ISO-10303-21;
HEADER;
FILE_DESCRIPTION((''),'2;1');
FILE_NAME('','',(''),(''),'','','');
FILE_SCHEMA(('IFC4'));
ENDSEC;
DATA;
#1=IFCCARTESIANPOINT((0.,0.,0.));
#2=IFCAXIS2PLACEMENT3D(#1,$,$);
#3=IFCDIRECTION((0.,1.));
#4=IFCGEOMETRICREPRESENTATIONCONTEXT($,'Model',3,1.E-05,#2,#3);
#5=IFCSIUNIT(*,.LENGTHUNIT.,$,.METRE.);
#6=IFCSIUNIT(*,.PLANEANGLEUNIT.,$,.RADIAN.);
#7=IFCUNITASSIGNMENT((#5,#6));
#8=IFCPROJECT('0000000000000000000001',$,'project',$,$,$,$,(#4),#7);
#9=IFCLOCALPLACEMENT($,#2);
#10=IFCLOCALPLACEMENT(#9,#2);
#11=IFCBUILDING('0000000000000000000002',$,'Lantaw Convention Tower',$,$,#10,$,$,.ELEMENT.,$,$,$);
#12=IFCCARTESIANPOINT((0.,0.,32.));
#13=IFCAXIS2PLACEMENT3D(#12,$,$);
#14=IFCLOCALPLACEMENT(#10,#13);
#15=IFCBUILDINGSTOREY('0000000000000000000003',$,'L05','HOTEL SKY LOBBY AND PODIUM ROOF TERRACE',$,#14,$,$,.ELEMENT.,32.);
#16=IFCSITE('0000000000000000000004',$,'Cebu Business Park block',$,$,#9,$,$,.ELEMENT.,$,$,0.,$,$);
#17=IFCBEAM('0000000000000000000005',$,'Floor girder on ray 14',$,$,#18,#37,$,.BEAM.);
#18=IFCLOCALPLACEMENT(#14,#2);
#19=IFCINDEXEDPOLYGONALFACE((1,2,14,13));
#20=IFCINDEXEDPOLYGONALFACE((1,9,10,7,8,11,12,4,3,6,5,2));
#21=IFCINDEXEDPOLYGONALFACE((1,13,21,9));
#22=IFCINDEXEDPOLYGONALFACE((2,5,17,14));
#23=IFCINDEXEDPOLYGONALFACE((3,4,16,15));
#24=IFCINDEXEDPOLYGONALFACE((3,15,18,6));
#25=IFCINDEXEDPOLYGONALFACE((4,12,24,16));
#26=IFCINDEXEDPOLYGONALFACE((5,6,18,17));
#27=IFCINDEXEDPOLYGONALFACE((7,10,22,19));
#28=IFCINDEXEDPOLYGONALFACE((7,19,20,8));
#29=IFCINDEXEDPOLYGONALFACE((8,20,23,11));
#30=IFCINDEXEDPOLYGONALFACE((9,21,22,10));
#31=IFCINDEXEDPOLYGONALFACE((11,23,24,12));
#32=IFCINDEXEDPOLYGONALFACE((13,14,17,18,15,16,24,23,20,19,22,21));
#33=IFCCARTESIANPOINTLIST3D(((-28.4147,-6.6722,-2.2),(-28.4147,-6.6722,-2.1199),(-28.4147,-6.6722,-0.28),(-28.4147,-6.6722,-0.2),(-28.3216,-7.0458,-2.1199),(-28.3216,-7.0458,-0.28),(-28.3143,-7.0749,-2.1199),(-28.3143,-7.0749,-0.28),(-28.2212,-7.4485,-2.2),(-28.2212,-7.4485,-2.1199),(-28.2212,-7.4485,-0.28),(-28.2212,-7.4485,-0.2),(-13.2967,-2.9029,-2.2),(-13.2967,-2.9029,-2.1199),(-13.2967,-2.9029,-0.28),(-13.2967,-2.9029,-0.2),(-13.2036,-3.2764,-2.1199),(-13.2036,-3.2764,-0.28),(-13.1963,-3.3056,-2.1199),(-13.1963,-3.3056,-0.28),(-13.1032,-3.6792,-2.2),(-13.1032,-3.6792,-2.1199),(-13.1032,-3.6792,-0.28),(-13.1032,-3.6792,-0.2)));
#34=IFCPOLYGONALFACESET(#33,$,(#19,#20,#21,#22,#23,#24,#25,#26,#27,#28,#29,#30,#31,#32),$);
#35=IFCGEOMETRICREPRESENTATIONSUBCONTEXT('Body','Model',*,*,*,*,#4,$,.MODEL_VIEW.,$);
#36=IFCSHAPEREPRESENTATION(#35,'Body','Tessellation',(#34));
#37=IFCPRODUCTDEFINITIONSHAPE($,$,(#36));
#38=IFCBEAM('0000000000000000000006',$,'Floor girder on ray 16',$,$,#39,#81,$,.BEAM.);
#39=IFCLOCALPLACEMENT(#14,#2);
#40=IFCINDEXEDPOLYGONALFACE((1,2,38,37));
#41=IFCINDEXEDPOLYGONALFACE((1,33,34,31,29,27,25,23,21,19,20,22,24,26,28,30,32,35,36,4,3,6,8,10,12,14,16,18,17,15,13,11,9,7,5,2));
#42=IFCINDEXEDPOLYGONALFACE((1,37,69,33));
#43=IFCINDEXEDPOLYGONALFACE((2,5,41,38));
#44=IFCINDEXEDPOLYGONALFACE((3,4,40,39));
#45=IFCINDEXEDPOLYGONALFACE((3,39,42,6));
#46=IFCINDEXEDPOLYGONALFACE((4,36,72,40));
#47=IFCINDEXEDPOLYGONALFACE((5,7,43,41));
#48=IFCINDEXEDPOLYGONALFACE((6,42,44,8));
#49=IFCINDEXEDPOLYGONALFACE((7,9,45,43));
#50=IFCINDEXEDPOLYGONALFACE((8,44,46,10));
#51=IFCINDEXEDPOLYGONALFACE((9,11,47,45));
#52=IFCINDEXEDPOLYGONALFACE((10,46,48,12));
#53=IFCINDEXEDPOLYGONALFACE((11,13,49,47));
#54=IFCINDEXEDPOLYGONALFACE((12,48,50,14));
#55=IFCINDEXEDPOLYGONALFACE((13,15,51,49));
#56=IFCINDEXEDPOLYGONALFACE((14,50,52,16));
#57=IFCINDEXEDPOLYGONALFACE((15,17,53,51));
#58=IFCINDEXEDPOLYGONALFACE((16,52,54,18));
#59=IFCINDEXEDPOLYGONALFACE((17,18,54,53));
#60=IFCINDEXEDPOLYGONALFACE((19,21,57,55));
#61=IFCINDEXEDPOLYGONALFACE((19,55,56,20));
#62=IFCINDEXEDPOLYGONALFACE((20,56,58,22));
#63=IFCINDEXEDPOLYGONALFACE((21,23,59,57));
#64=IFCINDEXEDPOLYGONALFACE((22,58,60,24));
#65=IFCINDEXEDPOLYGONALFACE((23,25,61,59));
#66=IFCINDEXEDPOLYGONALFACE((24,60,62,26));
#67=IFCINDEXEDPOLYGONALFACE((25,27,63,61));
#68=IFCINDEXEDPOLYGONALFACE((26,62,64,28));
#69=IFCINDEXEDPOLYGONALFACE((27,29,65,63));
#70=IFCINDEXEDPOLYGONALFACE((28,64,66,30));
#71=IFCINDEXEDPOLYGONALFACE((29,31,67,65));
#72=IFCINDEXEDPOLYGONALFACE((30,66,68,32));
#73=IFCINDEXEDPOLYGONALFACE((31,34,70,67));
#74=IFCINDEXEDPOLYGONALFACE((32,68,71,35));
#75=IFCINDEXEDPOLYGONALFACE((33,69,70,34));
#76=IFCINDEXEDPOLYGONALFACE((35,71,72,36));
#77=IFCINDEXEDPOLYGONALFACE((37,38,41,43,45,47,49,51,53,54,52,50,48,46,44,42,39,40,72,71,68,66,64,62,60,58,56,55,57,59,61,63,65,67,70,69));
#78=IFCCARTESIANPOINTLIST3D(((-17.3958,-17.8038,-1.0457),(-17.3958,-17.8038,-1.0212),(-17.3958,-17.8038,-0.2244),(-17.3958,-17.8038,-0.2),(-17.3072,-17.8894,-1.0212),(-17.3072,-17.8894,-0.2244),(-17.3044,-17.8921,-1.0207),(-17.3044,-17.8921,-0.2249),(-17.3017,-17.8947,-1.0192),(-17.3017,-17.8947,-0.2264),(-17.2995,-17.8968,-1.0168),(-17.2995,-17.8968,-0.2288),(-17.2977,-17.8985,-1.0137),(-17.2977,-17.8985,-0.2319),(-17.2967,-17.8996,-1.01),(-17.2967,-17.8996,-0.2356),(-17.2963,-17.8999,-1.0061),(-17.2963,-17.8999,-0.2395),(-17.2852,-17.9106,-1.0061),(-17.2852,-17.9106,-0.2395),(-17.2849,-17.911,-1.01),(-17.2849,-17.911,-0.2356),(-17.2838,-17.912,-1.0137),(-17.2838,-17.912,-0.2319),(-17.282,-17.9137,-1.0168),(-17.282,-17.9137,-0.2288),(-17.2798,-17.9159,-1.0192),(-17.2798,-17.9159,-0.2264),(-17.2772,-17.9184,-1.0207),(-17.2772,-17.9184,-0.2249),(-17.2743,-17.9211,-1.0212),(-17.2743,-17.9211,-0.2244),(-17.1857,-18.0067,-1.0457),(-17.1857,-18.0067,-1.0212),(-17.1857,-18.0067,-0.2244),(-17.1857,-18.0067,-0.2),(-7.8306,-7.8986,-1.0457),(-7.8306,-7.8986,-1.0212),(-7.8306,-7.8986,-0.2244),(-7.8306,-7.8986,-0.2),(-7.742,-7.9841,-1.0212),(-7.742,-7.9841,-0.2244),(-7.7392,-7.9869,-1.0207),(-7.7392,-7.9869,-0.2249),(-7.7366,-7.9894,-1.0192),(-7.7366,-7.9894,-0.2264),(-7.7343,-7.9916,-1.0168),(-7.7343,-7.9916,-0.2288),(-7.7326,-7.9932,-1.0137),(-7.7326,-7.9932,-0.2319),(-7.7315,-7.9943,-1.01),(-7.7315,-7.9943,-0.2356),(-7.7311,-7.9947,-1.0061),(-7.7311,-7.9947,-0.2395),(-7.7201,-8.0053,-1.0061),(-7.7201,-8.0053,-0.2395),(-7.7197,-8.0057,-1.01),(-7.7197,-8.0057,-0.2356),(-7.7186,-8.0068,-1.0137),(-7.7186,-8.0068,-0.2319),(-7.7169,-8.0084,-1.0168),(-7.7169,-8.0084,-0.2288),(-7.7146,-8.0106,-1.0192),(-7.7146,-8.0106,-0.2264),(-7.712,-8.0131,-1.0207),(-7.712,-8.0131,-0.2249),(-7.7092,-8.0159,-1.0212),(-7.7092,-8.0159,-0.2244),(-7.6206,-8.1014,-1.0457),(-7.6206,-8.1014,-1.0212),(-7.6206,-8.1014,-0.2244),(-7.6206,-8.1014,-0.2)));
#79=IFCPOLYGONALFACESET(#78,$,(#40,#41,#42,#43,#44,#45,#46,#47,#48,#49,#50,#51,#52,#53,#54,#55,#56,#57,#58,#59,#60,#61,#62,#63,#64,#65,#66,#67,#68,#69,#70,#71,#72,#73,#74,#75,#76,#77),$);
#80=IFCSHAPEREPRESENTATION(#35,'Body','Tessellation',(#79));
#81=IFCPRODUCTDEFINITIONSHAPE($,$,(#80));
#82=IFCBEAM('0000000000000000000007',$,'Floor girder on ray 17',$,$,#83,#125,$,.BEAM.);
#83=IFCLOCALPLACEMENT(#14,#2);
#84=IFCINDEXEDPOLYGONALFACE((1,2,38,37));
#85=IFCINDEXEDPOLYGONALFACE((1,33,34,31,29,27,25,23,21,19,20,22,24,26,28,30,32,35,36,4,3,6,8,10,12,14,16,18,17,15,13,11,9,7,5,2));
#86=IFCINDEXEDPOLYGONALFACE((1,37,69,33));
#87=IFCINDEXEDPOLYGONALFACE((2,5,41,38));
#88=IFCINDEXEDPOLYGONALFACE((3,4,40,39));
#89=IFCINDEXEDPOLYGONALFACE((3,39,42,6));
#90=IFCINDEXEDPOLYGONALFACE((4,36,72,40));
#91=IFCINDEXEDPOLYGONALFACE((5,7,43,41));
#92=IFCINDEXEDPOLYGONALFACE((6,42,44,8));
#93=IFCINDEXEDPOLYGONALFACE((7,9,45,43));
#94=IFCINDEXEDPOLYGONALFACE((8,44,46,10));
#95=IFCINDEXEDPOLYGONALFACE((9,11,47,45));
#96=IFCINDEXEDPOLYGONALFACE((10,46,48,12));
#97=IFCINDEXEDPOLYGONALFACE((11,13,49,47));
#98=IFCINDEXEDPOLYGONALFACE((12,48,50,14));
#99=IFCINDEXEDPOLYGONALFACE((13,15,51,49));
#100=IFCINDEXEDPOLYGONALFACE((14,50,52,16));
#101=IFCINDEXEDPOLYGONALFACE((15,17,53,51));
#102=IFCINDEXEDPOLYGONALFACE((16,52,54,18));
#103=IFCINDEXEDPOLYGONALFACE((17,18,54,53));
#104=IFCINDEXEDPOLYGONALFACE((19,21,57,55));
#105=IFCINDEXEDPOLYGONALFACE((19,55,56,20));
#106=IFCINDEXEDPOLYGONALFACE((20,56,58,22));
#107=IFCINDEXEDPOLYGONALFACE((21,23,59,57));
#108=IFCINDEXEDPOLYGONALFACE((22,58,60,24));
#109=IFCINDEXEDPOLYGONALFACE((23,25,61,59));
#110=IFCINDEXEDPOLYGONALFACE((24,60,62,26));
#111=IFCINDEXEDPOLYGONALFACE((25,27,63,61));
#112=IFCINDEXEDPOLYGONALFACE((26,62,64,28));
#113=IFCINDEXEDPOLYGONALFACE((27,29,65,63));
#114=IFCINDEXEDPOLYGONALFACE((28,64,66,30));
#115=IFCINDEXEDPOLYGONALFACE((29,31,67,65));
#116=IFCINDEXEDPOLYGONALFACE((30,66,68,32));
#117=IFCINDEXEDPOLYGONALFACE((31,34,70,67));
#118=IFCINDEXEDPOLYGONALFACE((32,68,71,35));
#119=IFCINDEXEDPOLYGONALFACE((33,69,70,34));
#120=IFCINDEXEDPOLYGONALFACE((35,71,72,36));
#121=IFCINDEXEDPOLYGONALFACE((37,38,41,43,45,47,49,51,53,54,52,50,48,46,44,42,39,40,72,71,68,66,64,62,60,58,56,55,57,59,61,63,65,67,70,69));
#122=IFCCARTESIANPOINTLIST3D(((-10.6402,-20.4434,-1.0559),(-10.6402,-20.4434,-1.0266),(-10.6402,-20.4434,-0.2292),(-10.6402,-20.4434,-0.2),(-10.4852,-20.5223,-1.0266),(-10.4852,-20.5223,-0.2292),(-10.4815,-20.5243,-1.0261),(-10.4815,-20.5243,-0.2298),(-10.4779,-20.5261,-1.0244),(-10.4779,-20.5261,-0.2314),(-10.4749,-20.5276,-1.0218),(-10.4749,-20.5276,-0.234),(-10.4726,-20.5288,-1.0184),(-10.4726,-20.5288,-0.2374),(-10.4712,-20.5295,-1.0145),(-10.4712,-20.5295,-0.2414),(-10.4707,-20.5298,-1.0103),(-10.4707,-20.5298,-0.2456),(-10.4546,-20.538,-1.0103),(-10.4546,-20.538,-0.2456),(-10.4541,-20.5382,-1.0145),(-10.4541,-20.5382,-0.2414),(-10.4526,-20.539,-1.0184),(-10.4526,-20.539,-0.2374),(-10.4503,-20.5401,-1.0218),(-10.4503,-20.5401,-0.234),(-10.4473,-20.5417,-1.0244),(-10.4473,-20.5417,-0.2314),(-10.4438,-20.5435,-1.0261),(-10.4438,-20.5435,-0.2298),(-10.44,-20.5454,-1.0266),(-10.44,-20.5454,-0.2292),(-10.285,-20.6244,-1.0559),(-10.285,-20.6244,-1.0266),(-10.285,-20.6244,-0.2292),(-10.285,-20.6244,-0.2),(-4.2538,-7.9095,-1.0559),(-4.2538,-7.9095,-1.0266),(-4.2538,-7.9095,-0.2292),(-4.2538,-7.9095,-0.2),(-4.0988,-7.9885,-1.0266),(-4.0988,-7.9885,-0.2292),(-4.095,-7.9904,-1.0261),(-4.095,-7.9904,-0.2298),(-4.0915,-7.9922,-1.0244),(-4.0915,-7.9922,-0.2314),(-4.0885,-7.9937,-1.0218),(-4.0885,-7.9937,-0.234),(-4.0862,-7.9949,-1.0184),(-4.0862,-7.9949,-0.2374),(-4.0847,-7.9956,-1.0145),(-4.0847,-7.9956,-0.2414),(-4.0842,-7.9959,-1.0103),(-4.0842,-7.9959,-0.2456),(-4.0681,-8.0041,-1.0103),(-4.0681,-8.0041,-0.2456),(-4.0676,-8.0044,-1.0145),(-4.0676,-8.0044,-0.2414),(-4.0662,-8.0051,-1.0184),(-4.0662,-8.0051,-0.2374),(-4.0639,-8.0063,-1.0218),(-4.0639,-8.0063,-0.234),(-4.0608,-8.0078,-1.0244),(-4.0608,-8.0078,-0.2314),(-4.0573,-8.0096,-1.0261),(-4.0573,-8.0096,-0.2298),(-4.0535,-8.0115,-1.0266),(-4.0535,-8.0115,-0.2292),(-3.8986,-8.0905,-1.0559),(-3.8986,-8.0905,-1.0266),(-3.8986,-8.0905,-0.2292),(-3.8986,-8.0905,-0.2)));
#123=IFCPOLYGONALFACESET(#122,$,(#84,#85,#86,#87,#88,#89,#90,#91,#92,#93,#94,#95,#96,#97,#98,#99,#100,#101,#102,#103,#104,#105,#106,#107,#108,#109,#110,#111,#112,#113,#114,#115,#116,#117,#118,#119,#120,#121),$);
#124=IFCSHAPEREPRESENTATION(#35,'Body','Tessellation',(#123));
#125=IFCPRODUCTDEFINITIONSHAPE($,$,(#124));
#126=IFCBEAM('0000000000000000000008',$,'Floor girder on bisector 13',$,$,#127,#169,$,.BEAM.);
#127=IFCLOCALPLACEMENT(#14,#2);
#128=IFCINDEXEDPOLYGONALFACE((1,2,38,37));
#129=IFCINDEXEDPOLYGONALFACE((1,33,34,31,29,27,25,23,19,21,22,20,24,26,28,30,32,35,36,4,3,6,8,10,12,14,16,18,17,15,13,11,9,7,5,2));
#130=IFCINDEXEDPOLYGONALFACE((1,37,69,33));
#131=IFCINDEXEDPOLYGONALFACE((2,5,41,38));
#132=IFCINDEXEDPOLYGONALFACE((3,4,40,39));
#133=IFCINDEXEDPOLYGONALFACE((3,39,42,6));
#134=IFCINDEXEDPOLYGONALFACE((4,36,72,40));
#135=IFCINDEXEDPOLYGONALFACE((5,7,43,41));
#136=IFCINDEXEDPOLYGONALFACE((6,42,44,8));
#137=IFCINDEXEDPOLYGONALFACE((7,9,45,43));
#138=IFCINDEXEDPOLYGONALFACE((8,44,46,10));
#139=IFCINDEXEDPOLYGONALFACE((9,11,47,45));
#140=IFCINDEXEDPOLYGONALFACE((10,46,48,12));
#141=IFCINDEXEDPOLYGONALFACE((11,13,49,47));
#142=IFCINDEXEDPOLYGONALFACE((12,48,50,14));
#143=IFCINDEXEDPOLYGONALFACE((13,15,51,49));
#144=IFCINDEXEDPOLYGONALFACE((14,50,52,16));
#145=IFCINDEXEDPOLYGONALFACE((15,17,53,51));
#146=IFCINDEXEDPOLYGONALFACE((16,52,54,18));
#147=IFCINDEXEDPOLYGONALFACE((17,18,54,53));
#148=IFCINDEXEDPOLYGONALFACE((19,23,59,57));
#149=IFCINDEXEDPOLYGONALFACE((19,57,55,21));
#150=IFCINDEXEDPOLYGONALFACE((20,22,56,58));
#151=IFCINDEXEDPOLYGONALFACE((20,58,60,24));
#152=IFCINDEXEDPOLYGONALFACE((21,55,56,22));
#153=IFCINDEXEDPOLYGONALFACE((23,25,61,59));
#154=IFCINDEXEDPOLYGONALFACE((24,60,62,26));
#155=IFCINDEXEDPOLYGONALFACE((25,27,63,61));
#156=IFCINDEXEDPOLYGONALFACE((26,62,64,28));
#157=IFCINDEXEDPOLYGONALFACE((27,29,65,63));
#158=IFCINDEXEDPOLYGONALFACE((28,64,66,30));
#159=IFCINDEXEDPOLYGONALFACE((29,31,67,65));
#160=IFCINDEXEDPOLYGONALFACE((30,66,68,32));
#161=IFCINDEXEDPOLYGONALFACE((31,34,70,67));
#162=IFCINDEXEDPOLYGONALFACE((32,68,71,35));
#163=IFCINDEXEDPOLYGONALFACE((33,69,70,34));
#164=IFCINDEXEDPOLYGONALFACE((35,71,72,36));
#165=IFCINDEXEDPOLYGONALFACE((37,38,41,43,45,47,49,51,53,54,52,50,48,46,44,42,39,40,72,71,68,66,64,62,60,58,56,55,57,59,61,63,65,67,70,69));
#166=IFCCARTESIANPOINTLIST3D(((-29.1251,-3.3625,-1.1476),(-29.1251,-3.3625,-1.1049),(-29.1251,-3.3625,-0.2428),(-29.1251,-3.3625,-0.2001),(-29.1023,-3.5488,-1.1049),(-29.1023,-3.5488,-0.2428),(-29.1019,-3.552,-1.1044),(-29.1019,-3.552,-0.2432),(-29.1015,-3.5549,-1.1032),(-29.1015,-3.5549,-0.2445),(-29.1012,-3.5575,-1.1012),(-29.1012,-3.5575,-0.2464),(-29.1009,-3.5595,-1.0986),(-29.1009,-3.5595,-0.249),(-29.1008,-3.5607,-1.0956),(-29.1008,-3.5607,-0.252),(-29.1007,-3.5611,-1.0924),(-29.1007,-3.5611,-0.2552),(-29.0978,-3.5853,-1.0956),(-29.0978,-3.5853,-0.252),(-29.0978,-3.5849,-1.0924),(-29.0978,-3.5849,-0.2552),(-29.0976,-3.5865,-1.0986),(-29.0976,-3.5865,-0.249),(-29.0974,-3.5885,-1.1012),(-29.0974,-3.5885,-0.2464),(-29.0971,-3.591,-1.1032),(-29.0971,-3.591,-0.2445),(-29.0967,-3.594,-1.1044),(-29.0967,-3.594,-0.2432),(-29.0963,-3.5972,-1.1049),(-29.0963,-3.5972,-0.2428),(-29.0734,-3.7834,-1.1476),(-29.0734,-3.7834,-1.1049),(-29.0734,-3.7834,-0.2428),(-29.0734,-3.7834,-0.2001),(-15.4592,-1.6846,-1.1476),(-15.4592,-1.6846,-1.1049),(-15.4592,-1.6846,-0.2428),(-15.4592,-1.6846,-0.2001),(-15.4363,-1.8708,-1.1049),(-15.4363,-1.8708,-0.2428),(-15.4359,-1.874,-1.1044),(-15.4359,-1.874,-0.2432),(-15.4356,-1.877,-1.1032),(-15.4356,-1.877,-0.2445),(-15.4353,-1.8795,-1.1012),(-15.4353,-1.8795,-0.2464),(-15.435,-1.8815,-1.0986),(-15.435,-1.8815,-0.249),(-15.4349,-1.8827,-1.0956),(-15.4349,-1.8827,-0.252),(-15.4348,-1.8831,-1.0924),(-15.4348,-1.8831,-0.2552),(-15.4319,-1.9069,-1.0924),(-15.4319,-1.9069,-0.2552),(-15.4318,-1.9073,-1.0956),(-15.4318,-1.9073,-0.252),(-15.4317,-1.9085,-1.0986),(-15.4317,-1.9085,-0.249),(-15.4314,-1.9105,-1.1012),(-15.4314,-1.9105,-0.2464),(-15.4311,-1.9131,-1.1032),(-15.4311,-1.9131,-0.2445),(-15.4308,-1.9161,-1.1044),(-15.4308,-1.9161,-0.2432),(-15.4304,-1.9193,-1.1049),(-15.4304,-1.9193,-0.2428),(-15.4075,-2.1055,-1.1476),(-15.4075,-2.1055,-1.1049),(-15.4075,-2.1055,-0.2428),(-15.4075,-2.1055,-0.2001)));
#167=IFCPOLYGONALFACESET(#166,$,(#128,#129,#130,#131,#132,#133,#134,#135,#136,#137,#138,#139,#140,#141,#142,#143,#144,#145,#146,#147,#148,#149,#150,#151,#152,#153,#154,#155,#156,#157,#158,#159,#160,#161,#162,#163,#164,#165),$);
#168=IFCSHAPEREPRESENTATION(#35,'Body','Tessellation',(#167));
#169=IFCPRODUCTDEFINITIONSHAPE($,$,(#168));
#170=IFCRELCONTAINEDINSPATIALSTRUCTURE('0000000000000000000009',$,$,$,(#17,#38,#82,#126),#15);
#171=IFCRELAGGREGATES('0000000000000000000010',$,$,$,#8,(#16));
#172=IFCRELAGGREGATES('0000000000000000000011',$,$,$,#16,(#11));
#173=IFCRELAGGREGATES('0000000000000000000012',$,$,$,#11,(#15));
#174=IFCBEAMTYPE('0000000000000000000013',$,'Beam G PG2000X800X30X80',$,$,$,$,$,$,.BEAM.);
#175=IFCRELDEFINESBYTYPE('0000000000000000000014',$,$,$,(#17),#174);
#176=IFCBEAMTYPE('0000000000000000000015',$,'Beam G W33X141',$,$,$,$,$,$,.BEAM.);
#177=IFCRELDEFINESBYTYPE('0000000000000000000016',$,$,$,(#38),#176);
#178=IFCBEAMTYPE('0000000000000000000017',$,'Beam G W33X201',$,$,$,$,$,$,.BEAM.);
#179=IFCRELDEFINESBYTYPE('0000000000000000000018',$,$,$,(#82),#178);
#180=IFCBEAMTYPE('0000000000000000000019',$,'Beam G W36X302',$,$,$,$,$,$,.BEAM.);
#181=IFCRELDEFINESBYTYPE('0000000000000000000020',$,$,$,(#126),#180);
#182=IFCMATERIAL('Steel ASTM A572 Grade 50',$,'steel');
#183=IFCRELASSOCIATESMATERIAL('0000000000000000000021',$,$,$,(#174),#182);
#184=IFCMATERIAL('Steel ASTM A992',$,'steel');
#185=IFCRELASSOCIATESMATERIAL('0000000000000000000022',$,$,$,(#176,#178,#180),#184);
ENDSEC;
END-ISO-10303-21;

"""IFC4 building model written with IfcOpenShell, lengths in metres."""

from ifc_helpers import new_model, si_unit, direction, frame, origin, origin_2d, place, context, subcontext, project, spatial, i_section, extrude, material, material_profile, profile_set, type_object, element, save


model = new_model("IFC4")

# Units and contexts
model_context = context("Model", 3, precision=1e-05, world=origin(), true_north=direction((0.0, 1.0)))
body_context = subcontext(model_context, "Body", "Model", "MODEL_VIEW")
ifc_project = project(units=[si_unit("LENGTHUNIT", "METRE"), si_unit("PLANEANGLEUNIT", "RADIAN")], contexts=[model_context])

# Site, building, storey
site_placement = place(None, origin())
site = spatial("IfcSite", under=ifc_project, at=site_placement, Name="Cebu Business Park block", CompositionType="ELEMENT", RefElevation=0.0)
building_placement = place(site_placement, origin())
building = spatial("IfcBuilding", under=site, at=building_placement, Name="Lantaw Convention Tower", CompositionType="ELEMENT")
storey_placement = place(building_placement, frame((0.0, 0.0, 32.0)))
storey = spatial("IfcBuildingStorey", under=building, at=storey_placement, Name="L05", Description="HOTEL SKY LOBBY AND PODIUM ROOF TERRACE", CompositionType="ELEMENT", Elevation=32.0)

# Beams
ifc_material_1 = material(Name="Steel ASTM A572 Grade 50", Category="steel")
ifc_material_profile_1 = material_profile(ifc_material_1, i_section(OverallWidth=0.8, OverallDepth=2.0, WebThickness=0.03, FlangeThickness=0.0801, at=origin_2d()), Name="PG2000X800X30X80")
ifc_profile_set_1 = profile_set([ifc_material_profile_1], Name="Steel ASTM A572 Grade 50")
beam_type_1 = type_object("IfcBeamType", Name="Beam G PG2000X800X30X80", PredefinedType="BEAM", material=ifc_profile_set_1)
beam_1_placement = place(storey_placement, frame((-13.2, -3.291, -1.2), z_axis=(-0.970296, -0.24192, 0.0), x_axis=(0.24192, -0.970296, 0.0)))
element("IfcBeam", 1, at=beam_1_placement, inside=storey, type_object=beam_type_1, Name="Floor girder on ray 14", PredefinedType="BEAM", context=body_context, shape_type="SweptSolid", body=[
    extrude(i_section(OverallWidth=0.8, OverallDepth=2.0, WebThickness=0.03, FlangeThickness=0.0801, at=origin_2d()), origin(), (0.0, 0.0, 1.0), 15.5808),
])
ifc_material_2 = material(Name="Steel ASTM A992", Category="steel")
ifc_material_profile_2 = material_profile(ifc_material_2, i_section(OverallWidth=0.292, OverallDepth=0.8457, WebThickness=0.0154, FlangeThickness=0.0244, FilletRadius=0.0151, at=origin_2d()), Name="W33X141")
ifc_profile_set_2 = profile_set([ifc_material_profile_2], Name="Steel ASTM A992")
beam_type_2 = type_object("IfcBeamType", Name="Beam G W33X141", PredefinedType="BEAM", material=ifc_profile_set_2)
beam_2_placement = place(storey_placement, frame((-7.7256, -8.0, -0.6228), z_axis=(-0.69465, -0.719348, 0.0), x_axis=(0.719348, -0.69465, 0.0)))
element("IfcBeam", 2, at=beam_2_placement, inside=storey, type_object=beam_type_2, Name="Floor girder on ray 16", PredefinedType="BEAM", context=body_context, shape_type="SweptSolid", body=[
    extrude(i_section(OverallWidth=0.292, OverallDepth=0.8457, WebThickness=0.0154, FlangeThickness=0.0244, FilletRadius=0.0151, at=origin_2d()), origin(), (0.0, 0.0, 1.0), 13.7698),
])
ifc_material_profile_3 = material_profile(ifc_material_2, i_section(OverallWidth=0.3987, OverallDepth=0.856, WebThickness=0.0181, FlangeThickness=0.0293, FilletRadius=0.0164, at=origin_2d()), Name="W33X201")
ifc_profile_set_3 = profile_set([ifc_material_profile_3], Name="Steel ASTM A992")
beam_type_3 = type_object("IfcBeamType", Name="Beam G W33X201", PredefinedType="BEAM", material=ifc_profile_set_3)
beam_3_placement = place(storey_placement, frame((-4.0762, -8.0, -0.6279), z_axis=(-0.453997, -0.891003, 0.0), x_axis=(0.891003, -0.453997, 0.0)))
element("IfcBeam", 3, at=beam_3_placement, inside=storey, type_object=beam_type_3, Name="Floor girder on ray 17", PredefinedType="BEAM", context=body_context, shape_type="SweptSolid", body=[
    extrude(i_section(OverallWidth=0.3987, OverallDepth=0.856, WebThickness=0.0181, FlangeThickness=0.0293, FilletRadius=0.0164, at=origin_2d()), origin(), (0.0, 0.0, 1.0), 14.0671),
])
ifc_material_profile_4 = material_profile(ifc_material_2, i_section(OverallWidth=0.4241, OverallDepth=0.9475, WebThickness=0.0239, FlangeThickness=0.0427, FilletRadius=0.0125, at=origin_2d()), Name="W36X302")
ifc_profile_set_4 = profile_set([ifc_material_profile_4], Name="Steel ASTM A992")
beam_type_4 = type_object("IfcBeamType", Name="Beam G W36X302", PredefinedType="BEAM", material=ifc_profile_set_4)
beam_4_placement = place(storey_placement, frame((-15.4333, -1.895, -0.6738), z_axis=(-0.992546, -0.12187, 0.0), x_axis=(0.12187, -0.992546, 0.0)))
element("IfcBeam", 4, at=beam_4_placement, inside=storey, type_object=beam_type_4, Name="Floor girder on bisector 13", PredefinedType="BEAM", context=body_context, shape_type="SweptSolid", body=[
    extrude(i_section(OverallWidth=0.4241, OverallDepth=0.9475, WebThickness=0.0239, FlangeThickness=0.0427, FilletRadius=0.0125, at=origin_2d()), origin(), (0.0, 0.0, 1.0), 13.7686),
])

save(model, "model.ifc")
